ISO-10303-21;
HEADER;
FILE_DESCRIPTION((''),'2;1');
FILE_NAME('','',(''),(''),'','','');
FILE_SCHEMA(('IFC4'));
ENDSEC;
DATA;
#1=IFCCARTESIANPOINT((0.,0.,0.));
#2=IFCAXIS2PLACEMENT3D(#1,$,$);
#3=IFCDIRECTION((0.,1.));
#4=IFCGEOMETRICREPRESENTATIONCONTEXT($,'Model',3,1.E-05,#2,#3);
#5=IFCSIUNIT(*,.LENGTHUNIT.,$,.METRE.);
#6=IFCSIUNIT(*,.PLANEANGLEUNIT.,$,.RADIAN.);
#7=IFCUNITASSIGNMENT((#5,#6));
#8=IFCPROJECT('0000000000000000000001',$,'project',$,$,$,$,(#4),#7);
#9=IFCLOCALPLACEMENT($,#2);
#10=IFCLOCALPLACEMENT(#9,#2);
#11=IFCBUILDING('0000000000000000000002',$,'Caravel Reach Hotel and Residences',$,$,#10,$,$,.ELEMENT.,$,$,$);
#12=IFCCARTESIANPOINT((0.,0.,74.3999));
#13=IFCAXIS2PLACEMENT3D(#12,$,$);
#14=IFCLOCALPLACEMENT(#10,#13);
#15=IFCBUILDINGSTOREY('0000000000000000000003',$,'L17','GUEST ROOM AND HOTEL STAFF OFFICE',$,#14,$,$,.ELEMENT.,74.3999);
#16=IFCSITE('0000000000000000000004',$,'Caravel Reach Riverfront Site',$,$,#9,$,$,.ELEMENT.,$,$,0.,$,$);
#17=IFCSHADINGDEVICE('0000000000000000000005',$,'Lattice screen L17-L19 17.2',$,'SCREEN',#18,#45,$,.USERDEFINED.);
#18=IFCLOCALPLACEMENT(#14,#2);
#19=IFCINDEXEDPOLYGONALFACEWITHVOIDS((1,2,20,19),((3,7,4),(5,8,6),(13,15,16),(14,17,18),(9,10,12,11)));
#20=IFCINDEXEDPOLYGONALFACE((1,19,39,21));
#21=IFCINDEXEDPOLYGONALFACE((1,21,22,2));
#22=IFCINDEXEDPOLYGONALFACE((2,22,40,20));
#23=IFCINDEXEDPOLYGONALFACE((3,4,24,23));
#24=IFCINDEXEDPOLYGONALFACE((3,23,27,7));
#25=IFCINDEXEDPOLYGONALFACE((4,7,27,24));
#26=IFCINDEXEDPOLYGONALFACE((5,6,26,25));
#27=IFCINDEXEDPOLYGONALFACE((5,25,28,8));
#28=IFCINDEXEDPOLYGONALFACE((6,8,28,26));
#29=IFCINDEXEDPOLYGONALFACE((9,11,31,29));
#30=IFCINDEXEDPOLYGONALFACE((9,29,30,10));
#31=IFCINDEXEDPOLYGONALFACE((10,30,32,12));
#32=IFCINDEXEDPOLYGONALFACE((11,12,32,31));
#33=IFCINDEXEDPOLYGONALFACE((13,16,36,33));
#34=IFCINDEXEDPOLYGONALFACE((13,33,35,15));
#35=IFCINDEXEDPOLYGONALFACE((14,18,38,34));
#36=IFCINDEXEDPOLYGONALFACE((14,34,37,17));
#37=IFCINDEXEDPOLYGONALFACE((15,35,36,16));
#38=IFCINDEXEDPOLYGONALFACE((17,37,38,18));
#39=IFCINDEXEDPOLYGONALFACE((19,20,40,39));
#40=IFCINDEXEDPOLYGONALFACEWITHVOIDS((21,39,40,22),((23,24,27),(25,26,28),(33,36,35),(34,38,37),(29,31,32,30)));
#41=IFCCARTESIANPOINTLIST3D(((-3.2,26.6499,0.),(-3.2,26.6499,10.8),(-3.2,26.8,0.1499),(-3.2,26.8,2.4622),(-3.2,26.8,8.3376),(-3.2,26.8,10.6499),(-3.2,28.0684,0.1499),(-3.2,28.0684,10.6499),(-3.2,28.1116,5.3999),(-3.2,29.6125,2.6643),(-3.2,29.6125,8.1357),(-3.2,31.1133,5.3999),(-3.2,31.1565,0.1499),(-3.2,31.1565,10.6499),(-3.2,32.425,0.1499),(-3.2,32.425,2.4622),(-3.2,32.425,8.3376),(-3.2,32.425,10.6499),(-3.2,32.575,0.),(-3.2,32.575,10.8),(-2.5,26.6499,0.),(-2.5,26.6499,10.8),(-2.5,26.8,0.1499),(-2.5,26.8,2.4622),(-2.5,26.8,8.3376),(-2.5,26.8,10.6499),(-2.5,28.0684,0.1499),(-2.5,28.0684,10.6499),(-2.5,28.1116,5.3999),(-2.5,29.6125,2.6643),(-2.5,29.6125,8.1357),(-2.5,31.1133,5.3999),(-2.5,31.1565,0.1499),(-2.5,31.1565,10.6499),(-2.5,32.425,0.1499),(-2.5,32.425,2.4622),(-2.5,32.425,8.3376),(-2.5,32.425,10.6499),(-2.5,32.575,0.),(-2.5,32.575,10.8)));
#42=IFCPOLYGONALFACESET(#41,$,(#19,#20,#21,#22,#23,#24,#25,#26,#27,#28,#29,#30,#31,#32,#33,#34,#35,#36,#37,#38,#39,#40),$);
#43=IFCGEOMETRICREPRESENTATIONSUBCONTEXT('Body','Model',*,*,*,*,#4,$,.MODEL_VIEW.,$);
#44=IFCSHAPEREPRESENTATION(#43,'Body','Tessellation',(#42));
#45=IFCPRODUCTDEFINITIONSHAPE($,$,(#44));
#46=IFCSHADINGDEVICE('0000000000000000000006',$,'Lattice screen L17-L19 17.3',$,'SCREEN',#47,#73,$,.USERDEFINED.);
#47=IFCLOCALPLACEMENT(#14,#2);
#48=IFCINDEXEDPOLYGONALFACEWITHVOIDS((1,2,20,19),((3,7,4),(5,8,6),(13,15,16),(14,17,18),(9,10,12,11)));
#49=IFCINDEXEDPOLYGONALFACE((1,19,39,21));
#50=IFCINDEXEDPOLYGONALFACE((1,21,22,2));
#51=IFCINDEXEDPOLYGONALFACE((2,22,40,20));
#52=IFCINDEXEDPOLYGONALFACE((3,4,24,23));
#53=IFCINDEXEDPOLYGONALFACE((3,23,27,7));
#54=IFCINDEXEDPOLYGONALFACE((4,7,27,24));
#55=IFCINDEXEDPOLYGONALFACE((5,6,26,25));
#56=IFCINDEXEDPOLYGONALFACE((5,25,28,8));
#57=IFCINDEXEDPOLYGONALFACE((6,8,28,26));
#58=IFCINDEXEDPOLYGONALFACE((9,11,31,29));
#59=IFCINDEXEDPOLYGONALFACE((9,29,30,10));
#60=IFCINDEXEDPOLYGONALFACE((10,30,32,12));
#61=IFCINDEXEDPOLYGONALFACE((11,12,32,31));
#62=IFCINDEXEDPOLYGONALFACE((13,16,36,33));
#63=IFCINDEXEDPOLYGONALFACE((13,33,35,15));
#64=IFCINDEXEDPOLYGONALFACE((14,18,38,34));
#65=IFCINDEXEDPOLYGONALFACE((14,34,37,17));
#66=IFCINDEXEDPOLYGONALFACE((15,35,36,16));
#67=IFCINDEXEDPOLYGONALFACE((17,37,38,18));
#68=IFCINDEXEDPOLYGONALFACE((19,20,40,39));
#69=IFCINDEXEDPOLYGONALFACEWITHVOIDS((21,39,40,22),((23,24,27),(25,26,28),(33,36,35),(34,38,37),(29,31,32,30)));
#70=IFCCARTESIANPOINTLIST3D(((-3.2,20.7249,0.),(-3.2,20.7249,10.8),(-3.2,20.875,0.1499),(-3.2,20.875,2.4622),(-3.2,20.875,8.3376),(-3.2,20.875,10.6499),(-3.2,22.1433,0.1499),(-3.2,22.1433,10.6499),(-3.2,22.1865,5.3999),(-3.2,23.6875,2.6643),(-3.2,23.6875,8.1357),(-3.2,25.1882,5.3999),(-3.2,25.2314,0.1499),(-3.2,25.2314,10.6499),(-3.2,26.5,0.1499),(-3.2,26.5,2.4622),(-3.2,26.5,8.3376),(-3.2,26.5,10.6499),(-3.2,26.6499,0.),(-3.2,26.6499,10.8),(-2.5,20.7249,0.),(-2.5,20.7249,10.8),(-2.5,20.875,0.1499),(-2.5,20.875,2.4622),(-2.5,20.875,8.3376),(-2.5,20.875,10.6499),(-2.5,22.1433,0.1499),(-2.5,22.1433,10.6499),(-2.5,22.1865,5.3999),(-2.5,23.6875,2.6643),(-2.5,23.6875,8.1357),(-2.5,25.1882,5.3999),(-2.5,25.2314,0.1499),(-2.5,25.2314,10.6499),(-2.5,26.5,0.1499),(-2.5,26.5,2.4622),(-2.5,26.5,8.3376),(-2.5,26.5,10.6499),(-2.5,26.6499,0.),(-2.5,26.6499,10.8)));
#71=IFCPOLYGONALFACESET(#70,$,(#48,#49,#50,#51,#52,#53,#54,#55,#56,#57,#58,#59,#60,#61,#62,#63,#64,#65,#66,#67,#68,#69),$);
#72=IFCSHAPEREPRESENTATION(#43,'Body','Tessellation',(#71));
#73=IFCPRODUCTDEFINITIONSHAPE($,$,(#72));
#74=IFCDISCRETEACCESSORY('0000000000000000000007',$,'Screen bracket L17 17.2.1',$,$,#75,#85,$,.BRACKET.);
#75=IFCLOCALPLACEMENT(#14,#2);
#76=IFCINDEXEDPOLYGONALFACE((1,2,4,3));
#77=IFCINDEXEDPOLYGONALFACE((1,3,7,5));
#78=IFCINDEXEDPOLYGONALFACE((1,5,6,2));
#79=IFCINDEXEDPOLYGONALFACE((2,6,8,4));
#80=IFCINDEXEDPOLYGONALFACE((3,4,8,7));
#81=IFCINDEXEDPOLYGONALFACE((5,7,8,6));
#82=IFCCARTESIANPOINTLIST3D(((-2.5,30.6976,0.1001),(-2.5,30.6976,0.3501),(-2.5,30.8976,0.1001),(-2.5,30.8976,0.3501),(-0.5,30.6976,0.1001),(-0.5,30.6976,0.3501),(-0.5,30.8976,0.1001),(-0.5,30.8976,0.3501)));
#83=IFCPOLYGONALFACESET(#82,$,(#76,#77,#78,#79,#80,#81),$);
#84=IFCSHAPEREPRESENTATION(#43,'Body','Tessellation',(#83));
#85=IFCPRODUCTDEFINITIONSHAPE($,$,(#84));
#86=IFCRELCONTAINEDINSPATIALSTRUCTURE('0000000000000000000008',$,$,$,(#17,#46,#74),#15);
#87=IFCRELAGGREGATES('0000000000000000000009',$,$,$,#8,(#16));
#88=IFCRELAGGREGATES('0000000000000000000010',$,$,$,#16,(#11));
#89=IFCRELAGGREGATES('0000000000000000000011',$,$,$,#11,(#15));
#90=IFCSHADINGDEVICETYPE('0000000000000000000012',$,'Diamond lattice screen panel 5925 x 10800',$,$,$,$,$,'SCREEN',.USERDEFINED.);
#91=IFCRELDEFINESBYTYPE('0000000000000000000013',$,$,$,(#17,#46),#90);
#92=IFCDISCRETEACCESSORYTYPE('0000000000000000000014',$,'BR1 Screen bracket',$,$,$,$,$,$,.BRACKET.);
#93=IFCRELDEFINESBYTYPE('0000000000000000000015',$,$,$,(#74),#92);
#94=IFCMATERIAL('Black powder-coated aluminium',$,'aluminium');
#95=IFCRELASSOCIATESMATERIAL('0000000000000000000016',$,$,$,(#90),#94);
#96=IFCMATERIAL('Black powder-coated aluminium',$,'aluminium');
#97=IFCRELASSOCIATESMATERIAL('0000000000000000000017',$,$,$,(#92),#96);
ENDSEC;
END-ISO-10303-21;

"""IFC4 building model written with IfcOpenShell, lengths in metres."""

from ifc_helpers import new_model, si_unit, direction, frame, origin, origin_2d, place, context, subcontext, project, spatial, polyline, rectangle, outline, extrude, material, type_object, element, save


model = new_model("IFC4")

# Units and contexts
model_context = context("Model", 3, precision=1e-05, world=origin(), true_north=direction((0.0, 1.0)))
body_context = subcontext(model_context, "Body", "Model", "MODEL_VIEW")
ifc_project = project(units=[si_unit("LENGTHUNIT", "METRE"), si_unit("PLANEANGLEUNIT", "RADIAN")], contexts=[model_context])

# Site, building, storey
site_placement = place(None, origin())
site = spatial("IfcSite", under=ifc_project, at=site_placement, Name="Caravel Reach Riverfront Site", CompositionType="ELEMENT", RefElevation=0.0)
building_placement = place(site_placement, origin())
building = spatial("IfcBuilding", under=site, at=building_placement, Name="Caravel Reach Hotel and Residences", CompositionType="ELEMENT")
storey_placement = place(building_placement, frame((0.0, 0.0, 74.3999)))
storey = spatial("IfcBuildingStorey", under=building, at=storey_placement, Name="L17", Description="GUEST ROOM AND HOTEL STAFF OFFICE", CompositionType="ELEMENT", Elevation=74.3999)

# Shading devices
ifc_material_1 = material(Name="Black powder-coated aluminium", Category="aluminium")
shading_device_type = type_object("IfcShadingDeviceType", Name="Diamond lattice screen panel 5925 x 10800", ElementType="SCREEN", PredefinedType="USERDEFINED", material=ifc_material_1)
for number, where, z_axis, x_axis, name in (
    (1, (-2.5, 32.575, 0.0), (-1.0, 0.0, 0.0), (0.0, -1.0, 0.0), "Lattice screen L17-L19 17.2"),
    (2, (-2.5, 26.6499, 0.0), (-1.0, 0.0, 0.0), (0.0, -1.0, 0.0), "Lattice screen L17-L19 17.3"),
):
    element("IfcShadingDevice", number, at=place(storey_placement, frame(where, z_axis=z_axis, x_axis=x_axis)), inside=storey, type_object=shading_device_type, Name=name, ObjectType="SCREEN", PredefinedType="USERDEFINED", context=body_context, shape_type="SweptSolid", body=[
        extrude(outline(polyline([(0.0, 0.0), (5.925, 0.0), (5.925, 10.8), (0.0, 10.8), (0.0, 0.0)]), holes=[polyline([(1.4185, 0.1499), (0.1499, 2.4622), (0.1499, 0.1499), (1.4185, 0.1499)]), polyline([(0.1499, 8.3376), (1.4185, 10.6499), (0.1499, 10.6499), (0.1499, 8.3376)]), polyline([(2.9624, 8.1357), (1.4617, 5.3999), (2.9624, 2.6643), (4.4634, 5.3999), (2.9624, 8.1357)]), polyline([(5.7749, 2.4622), (4.5066, 0.1499), (5.7749, 0.1499), (5.7749, 2.4622)]), polyline([(4.5066, 10.6499), (5.7749, 8.3376), (5.7749, 10.6499), (4.5066, 10.6499)])]), origin(), (0.0, 0.0, 1.0), 0.7),
    ])

# Discrete accessory
ifc_material_2 = material(Name="Black powder-coated aluminium", Category="aluminium")
discrete_accessory_type = type_object("IfcDiscreteAccessoryType", Name="BR1 Screen bracket", PredefinedType="BRACKET", material=ifc_material_2)
discrete_accessory_placement = place(storey_placement, frame((-1.5, 30.7976, 0.1001), z_axis=(0.0, 0.0, 1.0), x_axis=(-1.0, 0.0, 0.0)))
element("IfcDiscreteAccessory", 3, at=discrete_accessory_placement, inside=storey, type_object=discrete_accessory_type, Name="Screen bracket L17 17.2.1", PredefinedType="BRACKET", context=body_context, shape_type="SweptSolid", body=[
    extrude(rectangle(XDim=2.0, YDim=0.2, at=origin_2d()), origin(), (0.0, 0.0, 1.0), 0.25),
])

save(model, "model.ifc")
